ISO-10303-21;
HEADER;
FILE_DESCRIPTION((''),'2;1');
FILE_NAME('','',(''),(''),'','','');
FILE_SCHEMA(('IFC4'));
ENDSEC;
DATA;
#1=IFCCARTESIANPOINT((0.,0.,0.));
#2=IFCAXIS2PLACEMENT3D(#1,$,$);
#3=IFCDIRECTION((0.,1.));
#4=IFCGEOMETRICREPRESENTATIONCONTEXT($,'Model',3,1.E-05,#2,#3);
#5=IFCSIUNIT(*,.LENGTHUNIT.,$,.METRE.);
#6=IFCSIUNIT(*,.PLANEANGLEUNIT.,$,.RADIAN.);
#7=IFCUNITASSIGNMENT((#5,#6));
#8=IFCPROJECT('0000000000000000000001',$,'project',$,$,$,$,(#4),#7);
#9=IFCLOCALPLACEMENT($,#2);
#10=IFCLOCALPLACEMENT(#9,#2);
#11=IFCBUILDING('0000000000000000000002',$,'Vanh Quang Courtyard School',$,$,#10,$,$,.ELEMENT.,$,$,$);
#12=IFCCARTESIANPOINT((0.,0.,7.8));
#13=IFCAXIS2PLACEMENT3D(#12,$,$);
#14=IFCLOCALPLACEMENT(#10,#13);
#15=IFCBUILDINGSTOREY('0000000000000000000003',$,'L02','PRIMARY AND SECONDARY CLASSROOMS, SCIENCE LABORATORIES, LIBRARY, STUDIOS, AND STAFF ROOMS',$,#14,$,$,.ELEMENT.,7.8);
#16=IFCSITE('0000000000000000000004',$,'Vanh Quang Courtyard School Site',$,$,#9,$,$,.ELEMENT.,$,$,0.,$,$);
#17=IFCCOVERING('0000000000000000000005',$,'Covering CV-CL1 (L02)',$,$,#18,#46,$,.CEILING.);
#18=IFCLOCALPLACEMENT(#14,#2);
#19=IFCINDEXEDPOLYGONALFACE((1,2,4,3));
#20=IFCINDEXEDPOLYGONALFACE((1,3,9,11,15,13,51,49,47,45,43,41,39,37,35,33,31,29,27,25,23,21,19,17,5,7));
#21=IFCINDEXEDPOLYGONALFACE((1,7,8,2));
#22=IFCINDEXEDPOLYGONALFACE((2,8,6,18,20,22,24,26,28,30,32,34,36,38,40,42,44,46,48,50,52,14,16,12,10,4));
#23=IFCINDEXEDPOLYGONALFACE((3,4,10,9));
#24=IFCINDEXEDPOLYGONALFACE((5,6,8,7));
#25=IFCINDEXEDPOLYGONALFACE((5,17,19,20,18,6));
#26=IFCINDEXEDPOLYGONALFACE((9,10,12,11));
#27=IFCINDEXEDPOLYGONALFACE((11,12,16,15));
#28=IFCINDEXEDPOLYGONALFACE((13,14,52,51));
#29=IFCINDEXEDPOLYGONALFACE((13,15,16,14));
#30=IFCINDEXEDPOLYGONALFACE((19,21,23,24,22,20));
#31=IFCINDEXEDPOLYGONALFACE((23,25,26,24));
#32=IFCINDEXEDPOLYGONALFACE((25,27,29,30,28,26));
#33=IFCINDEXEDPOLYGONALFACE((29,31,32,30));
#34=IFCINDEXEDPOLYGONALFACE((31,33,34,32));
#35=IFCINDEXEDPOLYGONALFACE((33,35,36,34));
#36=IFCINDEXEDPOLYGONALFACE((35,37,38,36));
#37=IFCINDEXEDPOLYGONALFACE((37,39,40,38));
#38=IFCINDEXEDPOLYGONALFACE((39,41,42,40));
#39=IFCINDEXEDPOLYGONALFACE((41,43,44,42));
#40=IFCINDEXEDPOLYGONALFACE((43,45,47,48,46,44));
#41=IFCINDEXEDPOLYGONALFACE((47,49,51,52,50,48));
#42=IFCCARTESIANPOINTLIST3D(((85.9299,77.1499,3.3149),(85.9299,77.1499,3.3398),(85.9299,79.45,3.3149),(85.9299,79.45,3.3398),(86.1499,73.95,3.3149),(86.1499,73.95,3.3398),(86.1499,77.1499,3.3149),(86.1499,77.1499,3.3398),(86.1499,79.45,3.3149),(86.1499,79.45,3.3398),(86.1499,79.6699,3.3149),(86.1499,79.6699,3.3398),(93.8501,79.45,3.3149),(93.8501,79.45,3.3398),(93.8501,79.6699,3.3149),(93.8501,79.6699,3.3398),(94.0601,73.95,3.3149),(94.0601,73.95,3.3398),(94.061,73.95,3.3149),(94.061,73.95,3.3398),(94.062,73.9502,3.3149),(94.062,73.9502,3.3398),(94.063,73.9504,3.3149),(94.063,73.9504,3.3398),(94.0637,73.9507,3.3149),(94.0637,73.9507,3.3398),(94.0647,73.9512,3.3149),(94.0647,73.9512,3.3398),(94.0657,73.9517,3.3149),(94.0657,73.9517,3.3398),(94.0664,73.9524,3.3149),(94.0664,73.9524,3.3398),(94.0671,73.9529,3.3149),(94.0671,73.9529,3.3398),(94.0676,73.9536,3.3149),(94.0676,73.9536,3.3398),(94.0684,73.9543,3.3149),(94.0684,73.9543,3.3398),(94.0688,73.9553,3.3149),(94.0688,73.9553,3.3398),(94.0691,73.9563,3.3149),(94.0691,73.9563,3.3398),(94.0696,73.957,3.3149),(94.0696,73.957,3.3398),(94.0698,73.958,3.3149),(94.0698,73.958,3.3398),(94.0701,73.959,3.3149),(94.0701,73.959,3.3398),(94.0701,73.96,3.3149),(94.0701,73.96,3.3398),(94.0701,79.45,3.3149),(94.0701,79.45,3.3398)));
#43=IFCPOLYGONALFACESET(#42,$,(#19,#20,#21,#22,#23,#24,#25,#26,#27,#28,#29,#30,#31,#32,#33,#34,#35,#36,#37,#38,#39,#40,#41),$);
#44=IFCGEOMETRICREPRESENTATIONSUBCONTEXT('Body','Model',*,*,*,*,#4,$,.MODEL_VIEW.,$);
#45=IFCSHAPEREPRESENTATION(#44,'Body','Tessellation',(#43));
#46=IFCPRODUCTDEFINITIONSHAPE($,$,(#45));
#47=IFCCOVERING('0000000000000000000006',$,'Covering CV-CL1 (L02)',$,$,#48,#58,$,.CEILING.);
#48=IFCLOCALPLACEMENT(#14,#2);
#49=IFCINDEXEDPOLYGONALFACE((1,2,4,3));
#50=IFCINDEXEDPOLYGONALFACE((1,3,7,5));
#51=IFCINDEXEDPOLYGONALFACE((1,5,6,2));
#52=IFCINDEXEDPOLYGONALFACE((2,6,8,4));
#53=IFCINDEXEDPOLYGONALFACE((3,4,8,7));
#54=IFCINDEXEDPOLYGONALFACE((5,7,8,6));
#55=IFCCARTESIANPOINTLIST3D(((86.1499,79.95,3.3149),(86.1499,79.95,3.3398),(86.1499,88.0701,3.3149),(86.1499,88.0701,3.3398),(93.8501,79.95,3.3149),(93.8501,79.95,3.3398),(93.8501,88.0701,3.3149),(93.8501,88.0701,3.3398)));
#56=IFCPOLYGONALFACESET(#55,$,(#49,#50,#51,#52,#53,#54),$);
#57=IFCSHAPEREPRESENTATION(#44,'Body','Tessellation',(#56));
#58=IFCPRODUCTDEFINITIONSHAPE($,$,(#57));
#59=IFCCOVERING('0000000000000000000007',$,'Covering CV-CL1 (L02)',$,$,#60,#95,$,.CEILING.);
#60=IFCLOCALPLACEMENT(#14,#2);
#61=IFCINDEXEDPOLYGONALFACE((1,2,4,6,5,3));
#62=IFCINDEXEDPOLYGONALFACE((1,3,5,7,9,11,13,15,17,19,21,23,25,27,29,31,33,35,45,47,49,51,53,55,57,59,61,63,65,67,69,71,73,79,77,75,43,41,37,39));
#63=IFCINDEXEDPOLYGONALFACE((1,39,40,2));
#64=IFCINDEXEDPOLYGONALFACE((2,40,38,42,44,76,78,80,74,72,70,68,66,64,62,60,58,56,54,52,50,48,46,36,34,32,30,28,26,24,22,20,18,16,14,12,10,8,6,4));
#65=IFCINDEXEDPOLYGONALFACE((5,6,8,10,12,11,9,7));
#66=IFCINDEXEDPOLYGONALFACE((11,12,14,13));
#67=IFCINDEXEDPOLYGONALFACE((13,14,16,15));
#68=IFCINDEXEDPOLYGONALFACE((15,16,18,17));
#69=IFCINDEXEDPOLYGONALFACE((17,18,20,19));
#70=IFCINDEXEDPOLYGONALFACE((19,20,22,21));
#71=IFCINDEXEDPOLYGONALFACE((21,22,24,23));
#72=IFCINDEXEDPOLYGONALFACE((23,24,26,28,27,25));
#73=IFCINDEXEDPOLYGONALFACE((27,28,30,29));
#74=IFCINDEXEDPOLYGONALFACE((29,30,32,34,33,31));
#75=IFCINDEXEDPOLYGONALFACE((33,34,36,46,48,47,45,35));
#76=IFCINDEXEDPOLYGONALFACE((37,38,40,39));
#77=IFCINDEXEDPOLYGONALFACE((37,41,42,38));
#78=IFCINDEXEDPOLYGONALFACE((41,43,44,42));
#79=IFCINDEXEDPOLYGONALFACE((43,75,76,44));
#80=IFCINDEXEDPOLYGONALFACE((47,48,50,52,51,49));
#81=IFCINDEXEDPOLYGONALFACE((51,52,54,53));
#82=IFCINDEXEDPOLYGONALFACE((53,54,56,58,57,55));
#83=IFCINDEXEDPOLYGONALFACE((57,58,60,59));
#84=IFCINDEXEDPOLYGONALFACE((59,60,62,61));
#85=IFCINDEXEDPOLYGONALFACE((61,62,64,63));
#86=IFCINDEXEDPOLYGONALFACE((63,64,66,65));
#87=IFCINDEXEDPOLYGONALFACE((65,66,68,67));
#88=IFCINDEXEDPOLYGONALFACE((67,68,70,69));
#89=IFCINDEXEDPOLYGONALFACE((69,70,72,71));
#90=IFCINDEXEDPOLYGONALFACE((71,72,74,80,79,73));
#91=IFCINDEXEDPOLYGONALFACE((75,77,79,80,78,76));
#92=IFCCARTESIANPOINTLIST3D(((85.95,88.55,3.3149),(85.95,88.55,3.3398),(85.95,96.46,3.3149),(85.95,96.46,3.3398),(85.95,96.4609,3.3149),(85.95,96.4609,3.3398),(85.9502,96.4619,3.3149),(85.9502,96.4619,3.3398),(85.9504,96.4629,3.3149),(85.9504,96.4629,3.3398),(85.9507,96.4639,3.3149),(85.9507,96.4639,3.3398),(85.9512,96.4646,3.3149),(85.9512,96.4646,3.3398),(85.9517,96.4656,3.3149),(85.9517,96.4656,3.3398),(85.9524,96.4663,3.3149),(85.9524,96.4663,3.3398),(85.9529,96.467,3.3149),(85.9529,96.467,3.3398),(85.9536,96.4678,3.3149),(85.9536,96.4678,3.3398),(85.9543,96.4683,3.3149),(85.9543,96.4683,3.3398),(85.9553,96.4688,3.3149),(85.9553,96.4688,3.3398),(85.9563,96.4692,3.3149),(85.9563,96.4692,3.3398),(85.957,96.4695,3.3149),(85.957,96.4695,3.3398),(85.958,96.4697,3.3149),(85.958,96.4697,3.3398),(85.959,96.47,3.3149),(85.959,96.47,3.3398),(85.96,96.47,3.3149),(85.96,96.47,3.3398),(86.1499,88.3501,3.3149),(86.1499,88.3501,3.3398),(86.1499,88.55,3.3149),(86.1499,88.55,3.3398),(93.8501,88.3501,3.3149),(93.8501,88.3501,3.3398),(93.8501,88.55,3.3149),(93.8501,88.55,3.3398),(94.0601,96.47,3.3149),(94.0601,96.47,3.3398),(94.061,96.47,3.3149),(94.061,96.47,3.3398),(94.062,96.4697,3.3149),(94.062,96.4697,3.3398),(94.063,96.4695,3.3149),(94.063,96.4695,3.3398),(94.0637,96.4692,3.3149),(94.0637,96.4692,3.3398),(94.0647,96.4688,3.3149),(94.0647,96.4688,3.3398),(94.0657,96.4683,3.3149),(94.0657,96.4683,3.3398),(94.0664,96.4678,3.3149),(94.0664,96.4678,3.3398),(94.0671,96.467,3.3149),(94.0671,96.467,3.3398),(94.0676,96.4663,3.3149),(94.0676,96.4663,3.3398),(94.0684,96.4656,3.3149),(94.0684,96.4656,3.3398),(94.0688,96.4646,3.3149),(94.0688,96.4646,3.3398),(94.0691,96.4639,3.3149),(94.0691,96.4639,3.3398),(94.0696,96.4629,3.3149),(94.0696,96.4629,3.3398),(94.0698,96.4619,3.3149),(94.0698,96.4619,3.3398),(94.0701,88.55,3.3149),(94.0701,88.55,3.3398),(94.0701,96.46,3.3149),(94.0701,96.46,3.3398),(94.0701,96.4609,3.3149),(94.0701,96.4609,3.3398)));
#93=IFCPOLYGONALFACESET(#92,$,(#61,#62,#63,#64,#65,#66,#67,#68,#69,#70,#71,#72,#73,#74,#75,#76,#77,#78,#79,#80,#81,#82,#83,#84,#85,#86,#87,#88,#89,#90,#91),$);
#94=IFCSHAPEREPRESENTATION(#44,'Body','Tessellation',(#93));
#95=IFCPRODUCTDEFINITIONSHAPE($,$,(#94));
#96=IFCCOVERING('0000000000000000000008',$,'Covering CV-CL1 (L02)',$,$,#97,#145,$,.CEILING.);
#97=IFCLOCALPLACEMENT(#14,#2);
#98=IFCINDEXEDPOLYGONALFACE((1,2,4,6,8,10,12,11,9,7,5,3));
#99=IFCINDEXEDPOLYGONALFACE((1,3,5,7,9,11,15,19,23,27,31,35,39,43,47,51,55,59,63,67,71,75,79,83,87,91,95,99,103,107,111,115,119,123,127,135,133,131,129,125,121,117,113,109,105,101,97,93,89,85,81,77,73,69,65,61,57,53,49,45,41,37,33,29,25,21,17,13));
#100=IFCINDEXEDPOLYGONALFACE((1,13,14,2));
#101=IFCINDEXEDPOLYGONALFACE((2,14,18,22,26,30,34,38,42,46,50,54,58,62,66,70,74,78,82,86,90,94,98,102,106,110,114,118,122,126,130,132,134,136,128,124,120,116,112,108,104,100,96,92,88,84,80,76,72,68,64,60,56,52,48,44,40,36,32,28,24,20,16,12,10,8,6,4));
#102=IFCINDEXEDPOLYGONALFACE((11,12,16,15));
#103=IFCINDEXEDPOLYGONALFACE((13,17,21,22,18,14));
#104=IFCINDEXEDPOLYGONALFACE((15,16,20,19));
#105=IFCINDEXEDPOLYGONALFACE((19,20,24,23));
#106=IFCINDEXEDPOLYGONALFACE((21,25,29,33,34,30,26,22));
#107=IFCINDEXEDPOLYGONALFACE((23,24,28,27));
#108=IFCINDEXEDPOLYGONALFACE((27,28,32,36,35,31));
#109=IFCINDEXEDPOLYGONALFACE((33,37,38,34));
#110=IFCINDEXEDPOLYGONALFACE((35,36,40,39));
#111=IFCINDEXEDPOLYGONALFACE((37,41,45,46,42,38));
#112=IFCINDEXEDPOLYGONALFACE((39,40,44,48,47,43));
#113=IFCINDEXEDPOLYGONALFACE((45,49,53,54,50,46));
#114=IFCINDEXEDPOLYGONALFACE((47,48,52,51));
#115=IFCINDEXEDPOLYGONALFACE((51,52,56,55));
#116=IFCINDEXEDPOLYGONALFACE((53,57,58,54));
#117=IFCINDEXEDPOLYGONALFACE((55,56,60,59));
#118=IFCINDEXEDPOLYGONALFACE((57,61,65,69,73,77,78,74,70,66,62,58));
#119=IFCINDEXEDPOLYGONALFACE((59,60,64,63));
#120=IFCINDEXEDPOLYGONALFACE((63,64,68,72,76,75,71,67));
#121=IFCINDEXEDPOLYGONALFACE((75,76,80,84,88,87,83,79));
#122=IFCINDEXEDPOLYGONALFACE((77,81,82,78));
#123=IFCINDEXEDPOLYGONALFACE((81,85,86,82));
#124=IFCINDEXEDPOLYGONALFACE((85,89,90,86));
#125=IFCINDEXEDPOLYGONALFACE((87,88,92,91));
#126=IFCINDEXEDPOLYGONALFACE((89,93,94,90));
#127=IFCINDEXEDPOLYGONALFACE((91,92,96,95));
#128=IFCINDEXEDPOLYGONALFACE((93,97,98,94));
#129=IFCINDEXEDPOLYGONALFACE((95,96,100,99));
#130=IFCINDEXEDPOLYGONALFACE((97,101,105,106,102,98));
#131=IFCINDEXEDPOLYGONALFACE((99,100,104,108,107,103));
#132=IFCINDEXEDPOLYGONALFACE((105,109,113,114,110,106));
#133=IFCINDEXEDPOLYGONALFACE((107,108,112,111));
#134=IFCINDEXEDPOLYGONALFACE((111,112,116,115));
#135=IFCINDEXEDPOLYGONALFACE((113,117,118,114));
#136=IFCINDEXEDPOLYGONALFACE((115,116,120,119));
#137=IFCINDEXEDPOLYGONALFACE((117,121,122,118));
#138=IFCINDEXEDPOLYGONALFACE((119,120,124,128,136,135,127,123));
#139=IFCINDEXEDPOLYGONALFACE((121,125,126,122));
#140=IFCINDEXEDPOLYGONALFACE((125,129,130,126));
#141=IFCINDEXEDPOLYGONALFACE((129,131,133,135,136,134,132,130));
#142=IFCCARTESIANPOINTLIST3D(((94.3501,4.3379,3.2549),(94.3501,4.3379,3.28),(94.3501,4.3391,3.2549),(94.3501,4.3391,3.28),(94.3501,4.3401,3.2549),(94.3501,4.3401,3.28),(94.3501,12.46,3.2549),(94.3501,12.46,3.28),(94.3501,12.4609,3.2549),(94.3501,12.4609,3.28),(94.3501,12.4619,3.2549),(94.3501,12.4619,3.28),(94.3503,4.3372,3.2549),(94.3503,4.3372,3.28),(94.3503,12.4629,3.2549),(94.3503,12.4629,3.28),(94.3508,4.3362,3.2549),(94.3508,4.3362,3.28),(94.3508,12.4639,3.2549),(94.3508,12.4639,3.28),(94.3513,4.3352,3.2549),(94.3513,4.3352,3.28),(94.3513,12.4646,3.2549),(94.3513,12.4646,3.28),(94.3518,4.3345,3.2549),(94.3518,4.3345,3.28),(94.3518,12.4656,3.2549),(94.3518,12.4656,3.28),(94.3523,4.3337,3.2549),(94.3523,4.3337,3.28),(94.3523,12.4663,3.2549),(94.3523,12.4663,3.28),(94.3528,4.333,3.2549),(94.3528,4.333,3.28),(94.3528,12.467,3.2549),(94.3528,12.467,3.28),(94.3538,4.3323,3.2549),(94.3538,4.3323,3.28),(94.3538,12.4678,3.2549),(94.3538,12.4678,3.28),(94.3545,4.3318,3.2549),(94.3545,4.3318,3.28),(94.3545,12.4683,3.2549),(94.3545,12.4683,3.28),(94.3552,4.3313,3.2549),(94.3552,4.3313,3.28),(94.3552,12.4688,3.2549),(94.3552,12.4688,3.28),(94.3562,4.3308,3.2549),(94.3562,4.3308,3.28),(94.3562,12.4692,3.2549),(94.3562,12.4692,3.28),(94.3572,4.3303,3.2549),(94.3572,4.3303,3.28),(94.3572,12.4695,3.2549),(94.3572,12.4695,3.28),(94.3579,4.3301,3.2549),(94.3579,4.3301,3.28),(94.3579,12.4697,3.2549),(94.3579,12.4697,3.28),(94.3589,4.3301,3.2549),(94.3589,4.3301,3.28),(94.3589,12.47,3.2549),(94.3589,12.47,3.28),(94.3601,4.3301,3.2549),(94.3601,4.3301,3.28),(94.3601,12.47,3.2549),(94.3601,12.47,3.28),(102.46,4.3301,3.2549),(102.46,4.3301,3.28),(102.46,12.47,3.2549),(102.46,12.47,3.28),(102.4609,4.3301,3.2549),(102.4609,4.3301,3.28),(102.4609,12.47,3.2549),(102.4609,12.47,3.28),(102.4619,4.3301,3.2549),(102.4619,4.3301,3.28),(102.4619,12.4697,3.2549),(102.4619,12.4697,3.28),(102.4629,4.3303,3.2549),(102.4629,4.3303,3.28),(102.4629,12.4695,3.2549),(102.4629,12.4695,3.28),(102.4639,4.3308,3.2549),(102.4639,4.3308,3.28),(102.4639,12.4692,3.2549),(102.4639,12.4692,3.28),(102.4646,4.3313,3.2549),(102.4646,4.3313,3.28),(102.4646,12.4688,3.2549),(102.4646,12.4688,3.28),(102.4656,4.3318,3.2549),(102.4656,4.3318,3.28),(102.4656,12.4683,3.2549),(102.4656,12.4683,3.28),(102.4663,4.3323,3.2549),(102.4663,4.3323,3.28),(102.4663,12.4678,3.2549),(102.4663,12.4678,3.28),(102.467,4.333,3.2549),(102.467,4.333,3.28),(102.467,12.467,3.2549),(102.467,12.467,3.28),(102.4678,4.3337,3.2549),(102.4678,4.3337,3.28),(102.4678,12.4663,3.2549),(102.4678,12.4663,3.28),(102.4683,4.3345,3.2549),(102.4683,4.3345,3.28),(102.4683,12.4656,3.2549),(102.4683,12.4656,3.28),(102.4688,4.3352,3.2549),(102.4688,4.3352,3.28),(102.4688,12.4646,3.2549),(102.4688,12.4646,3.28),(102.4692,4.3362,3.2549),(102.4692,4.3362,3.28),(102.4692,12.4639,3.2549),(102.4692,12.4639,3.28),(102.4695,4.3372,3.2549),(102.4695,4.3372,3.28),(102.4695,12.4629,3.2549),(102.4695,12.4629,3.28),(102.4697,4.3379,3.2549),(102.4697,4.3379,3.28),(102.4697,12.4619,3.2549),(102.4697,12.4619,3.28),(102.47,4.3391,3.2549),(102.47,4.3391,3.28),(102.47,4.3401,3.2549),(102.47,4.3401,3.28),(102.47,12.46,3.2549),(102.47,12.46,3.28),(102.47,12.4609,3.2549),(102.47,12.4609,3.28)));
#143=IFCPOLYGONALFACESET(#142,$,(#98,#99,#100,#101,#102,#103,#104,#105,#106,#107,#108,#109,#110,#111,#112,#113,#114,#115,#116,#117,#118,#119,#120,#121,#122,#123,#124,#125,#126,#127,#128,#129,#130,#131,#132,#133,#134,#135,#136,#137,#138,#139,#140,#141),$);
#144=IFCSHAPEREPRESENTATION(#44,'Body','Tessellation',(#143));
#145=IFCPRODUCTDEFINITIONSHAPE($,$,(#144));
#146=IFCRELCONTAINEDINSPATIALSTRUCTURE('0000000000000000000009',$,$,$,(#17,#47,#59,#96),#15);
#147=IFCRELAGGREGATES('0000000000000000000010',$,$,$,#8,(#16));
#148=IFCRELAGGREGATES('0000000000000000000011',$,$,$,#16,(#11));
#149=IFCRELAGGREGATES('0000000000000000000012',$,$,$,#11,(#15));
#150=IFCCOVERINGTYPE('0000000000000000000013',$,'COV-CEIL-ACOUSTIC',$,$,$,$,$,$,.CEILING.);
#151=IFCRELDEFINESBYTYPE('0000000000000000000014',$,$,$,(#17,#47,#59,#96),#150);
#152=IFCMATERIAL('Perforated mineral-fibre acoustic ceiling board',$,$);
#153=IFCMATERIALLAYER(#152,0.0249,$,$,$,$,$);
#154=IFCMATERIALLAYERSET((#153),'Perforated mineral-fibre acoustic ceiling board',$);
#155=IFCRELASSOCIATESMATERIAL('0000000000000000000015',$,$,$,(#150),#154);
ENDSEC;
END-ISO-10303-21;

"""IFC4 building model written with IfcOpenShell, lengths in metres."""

from ifc_helpers import new_model, si_unit, direction, frame, origin, place, context, subcontext, project, spatial, polyline, outline, extrude, material, layer, layer_set, type_object, element, save


model = new_model("IFC4")

# Units and contexts
model_context = context("Model", 3, precision=1e-05, world=origin(), true_north=direction((0.0, 1.0)))
body_context = subcontext(model_context, "Body", "Model", "MODEL_VIEW")
ifc_project = project(units=[si_unit("LENGTHUNIT", "METRE"), si_unit("PLANEANGLEUNIT", "RADIAN")], contexts=[model_context])

# Site, building, storey
site_placement = place(None, origin())
site = spatial("IfcSite", under=ifc_project, at=site_placement, Name="Vanh Quang Courtyard School Site", CompositionType="ELEMENT", RefElevation=0.0)
building_placement = place(site_placement, origin())
building = spatial("IfcBuilding", under=site, at=building_placement, Name="Vanh Quang Courtyard School", CompositionType="ELEMENT")
storey_placement = place(building_placement, frame((0.0, 0.0, 7.8)))
storey = spatial("IfcBuildingStorey", under=building, at=storey_placement, Name="L02", Description="PRIMARY AND SECONDARY CLASSROOMS, SCIENCE LABORATORIES, LIBRARY, STUDIOS, AND STAFF ROOMS", CompositionType="ELEMENT", Elevation=7.8)

# Coverings
ifc_material_1 = material(Name="Perforated mineral-fibre acoustic ceiling board")
ifc_layer_1 = layer(ifc_material_1, 0.0249)
ifc_layer_set_1 = layer_set([ifc_layer_1], Name="Perforated mineral-fibre acoustic ceiling board")
covering_type_1 = type_object("IfcCoveringType", Name="COV-CEIL-ACOUSTIC", PredefinedType="CEILING", material=ifc_layer_set_1)
covering_1_placement = place(storey_placement, frame((0.0, 0.0, 3.3149)))
element("IfcCovering", 1, at=covering_1_placement, inside=storey, type_object=covering_type_1, Name="Covering CV-CL1 (L02)", PredefinedType="CEILING", context=body_context, shape_type="SweptSolid", body=[
    extrude(outline(polyline([(85.9299, 79.45), (86.1499, 79.45), (86.1499, 79.6699), (93.8501, 79.6699), (93.8501, 79.45), (94.0701, 79.45), (94.0701, 73.96), (94.0701, 73.959), (94.0698, 73.958), (94.0696, 73.957), (94.0691, 73.9563), (94.0688, 73.9553), (94.0684, 73.9543), (94.0676, 73.9536), (94.0671, 73.9529), (94.0664, 73.9524), (94.0657, 73.9517), (94.0647, 73.9512), (94.0637, 73.9507), (94.063, 73.9504), (94.062, 73.9502), (94.061, 73.95), (94.0601, 73.95), (86.1499, 73.95), (86.1499, 77.1499), (85.9299, 77.1499), (85.9299, 79.45)])), origin(), (0.0, 0.0, 1.0), 0.0249),
])
covering_2_placement = place(storey_placement, frame((0.0, 0.0, 3.3149)))
element("IfcCovering", 2, at=covering_2_placement, inside=storey, type_object=covering_type_1, Name="Covering CV-CL1 (L02)", PredefinedType="CEILING", context=body_context, shape_type="SweptSolid", body=[
    extrude(outline(polyline([(86.1499, 79.95), (86.1499, 88.0701), (93.8501, 88.0701), (93.8501, 79.95), (86.1499, 79.95)])), origin(), (0.0, 0.0, 1.0), 0.0249),
])
covering_3_placement = place(storey_placement, frame((0.0, 0.0, 3.3149)))
element("IfcCovering", 3, at=covering_3_placement, inside=storey, type_object=covering_type_1, Name="Covering CV-CL1 (L02)", PredefinedType="CEILING", context=body_context, shape_type="SweptSolid", body=[
    extrude(outline(polyline([(86.1499, 88.3501), (86.1499, 88.55), (85.95, 88.55), (85.95, 96.46), (85.95, 96.4609), (85.9502, 96.4619), (85.9504, 96.4629), (85.9507, 96.4639), (85.9512, 96.4646), (85.9517, 96.4656), (85.9524, 96.4663), (85.9529, 96.467), (85.9536, 96.4678), (85.9543, 96.4683), (85.9553, 96.4688), (85.9563, 96.4692), (85.957, 96.4695), (85.958, 96.4697), (85.959, 96.47), (85.96, 96.47), (94.0601, 96.47), (94.061, 96.47), (94.062, 96.4697), (94.063, 96.4695), (94.0637, 96.4692), (94.0647, 96.4688), (94.0657, 96.4683), (94.0664, 96.4678), (94.0671, 96.467), (94.0676, 96.4663), (94.0684, 96.4656), (94.0688, 96.4646), (94.0691, 96.4639), (94.0696, 96.4629), (94.0698, 96.4619), (94.0701, 96.4609), (94.0701, 96.46), (94.0701, 88.55), (93.8501, 88.55), (93.8501, 88.3501), (86.1499, 88.3501)])), origin(), (0.0, 0.0, 1.0), 0.0249),
])
covering_4_placement = place(storey_placement, frame((0.0, 0.0, 3.2549)))
element("IfcCovering", 4, at=covering_4_placement, inside=storey, type_object=covering_type_1, Name="Covering CV-CL1 (L02)", PredefinedType="CEILING", context=body_context, shape_type="SweptSolid", body=[
    extrude(outline(polyline([(94.3501, 12.46), (94.3501, 12.4609), (94.3501, 12.4619), (94.3503, 12.4629), (94.3508, 12.4639), (94.3513, 12.4646), (94.3518, 12.4656), (94.3523, 12.4663), (94.3528, 12.467), (94.3538, 12.4678), (94.3545, 12.4683), (94.3552, 12.4688), (94.3562, 12.4692), (94.3572, 12.4695), (94.3579, 12.4697), (94.3589, 12.47), (94.3601, 12.47), (102.46, 12.47), (102.4609, 12.47), (102.4619, 12.4697), (102.4629, 12.4695), (102.4639, 12.4692), (102.4646, 12.4688), (102.4656, 12.4683), (102.4663, 12.4678), (102.467, 12.467), (102.4678, 12.4663), (102.4683, 12.4656), (102.4688, 12.4646), (102.4692, 12.4639), (102.4695, 12.4629), (102.4697, 12.4619), (102.47, 12.4609), (102.47, 12.46), (102.47, 4.3401), (102.47, 4.3391), (102.4697, 4.3379), (102.4695, 4.3372), (102.4692, 4.3362), (102.4688, 4.3352), (102.4683, 4.3345), (102.4678, 4.3337), (102.467, 4.333), (102.4663, 4.3323), (102.4656, 4.3318), (102.4646, 4.3313), (102.4639, 4.3308), (102.4629, 4.3303), (102.4619, 4.3301), (102.4609, 4.3301), (102.46, 4.3301), (94.3601, 4.3301), (94.3589, 4.3301), (94.3579, 4.3301), (94.3572, 4.3303), (94.3562, 4.3308), (94.3552, 4.3313), (94.3545, 4.3318), (94.3538, 4.3323), (94.3528, 4.333), (94.3523, 4.3337), (94.3518, 4.3345), (94.3513, 4.3352), (94.3508, 4.3362), (94.3503, 4.3372), (94.3501, 4.3379), (94.3501, 4.3391), (94.3501, 4.3401), (94.3501, 12.46)])), origin(), (0.0, 0.0, 1.0), 0.0251),
])

save(model, "model.ifc")
